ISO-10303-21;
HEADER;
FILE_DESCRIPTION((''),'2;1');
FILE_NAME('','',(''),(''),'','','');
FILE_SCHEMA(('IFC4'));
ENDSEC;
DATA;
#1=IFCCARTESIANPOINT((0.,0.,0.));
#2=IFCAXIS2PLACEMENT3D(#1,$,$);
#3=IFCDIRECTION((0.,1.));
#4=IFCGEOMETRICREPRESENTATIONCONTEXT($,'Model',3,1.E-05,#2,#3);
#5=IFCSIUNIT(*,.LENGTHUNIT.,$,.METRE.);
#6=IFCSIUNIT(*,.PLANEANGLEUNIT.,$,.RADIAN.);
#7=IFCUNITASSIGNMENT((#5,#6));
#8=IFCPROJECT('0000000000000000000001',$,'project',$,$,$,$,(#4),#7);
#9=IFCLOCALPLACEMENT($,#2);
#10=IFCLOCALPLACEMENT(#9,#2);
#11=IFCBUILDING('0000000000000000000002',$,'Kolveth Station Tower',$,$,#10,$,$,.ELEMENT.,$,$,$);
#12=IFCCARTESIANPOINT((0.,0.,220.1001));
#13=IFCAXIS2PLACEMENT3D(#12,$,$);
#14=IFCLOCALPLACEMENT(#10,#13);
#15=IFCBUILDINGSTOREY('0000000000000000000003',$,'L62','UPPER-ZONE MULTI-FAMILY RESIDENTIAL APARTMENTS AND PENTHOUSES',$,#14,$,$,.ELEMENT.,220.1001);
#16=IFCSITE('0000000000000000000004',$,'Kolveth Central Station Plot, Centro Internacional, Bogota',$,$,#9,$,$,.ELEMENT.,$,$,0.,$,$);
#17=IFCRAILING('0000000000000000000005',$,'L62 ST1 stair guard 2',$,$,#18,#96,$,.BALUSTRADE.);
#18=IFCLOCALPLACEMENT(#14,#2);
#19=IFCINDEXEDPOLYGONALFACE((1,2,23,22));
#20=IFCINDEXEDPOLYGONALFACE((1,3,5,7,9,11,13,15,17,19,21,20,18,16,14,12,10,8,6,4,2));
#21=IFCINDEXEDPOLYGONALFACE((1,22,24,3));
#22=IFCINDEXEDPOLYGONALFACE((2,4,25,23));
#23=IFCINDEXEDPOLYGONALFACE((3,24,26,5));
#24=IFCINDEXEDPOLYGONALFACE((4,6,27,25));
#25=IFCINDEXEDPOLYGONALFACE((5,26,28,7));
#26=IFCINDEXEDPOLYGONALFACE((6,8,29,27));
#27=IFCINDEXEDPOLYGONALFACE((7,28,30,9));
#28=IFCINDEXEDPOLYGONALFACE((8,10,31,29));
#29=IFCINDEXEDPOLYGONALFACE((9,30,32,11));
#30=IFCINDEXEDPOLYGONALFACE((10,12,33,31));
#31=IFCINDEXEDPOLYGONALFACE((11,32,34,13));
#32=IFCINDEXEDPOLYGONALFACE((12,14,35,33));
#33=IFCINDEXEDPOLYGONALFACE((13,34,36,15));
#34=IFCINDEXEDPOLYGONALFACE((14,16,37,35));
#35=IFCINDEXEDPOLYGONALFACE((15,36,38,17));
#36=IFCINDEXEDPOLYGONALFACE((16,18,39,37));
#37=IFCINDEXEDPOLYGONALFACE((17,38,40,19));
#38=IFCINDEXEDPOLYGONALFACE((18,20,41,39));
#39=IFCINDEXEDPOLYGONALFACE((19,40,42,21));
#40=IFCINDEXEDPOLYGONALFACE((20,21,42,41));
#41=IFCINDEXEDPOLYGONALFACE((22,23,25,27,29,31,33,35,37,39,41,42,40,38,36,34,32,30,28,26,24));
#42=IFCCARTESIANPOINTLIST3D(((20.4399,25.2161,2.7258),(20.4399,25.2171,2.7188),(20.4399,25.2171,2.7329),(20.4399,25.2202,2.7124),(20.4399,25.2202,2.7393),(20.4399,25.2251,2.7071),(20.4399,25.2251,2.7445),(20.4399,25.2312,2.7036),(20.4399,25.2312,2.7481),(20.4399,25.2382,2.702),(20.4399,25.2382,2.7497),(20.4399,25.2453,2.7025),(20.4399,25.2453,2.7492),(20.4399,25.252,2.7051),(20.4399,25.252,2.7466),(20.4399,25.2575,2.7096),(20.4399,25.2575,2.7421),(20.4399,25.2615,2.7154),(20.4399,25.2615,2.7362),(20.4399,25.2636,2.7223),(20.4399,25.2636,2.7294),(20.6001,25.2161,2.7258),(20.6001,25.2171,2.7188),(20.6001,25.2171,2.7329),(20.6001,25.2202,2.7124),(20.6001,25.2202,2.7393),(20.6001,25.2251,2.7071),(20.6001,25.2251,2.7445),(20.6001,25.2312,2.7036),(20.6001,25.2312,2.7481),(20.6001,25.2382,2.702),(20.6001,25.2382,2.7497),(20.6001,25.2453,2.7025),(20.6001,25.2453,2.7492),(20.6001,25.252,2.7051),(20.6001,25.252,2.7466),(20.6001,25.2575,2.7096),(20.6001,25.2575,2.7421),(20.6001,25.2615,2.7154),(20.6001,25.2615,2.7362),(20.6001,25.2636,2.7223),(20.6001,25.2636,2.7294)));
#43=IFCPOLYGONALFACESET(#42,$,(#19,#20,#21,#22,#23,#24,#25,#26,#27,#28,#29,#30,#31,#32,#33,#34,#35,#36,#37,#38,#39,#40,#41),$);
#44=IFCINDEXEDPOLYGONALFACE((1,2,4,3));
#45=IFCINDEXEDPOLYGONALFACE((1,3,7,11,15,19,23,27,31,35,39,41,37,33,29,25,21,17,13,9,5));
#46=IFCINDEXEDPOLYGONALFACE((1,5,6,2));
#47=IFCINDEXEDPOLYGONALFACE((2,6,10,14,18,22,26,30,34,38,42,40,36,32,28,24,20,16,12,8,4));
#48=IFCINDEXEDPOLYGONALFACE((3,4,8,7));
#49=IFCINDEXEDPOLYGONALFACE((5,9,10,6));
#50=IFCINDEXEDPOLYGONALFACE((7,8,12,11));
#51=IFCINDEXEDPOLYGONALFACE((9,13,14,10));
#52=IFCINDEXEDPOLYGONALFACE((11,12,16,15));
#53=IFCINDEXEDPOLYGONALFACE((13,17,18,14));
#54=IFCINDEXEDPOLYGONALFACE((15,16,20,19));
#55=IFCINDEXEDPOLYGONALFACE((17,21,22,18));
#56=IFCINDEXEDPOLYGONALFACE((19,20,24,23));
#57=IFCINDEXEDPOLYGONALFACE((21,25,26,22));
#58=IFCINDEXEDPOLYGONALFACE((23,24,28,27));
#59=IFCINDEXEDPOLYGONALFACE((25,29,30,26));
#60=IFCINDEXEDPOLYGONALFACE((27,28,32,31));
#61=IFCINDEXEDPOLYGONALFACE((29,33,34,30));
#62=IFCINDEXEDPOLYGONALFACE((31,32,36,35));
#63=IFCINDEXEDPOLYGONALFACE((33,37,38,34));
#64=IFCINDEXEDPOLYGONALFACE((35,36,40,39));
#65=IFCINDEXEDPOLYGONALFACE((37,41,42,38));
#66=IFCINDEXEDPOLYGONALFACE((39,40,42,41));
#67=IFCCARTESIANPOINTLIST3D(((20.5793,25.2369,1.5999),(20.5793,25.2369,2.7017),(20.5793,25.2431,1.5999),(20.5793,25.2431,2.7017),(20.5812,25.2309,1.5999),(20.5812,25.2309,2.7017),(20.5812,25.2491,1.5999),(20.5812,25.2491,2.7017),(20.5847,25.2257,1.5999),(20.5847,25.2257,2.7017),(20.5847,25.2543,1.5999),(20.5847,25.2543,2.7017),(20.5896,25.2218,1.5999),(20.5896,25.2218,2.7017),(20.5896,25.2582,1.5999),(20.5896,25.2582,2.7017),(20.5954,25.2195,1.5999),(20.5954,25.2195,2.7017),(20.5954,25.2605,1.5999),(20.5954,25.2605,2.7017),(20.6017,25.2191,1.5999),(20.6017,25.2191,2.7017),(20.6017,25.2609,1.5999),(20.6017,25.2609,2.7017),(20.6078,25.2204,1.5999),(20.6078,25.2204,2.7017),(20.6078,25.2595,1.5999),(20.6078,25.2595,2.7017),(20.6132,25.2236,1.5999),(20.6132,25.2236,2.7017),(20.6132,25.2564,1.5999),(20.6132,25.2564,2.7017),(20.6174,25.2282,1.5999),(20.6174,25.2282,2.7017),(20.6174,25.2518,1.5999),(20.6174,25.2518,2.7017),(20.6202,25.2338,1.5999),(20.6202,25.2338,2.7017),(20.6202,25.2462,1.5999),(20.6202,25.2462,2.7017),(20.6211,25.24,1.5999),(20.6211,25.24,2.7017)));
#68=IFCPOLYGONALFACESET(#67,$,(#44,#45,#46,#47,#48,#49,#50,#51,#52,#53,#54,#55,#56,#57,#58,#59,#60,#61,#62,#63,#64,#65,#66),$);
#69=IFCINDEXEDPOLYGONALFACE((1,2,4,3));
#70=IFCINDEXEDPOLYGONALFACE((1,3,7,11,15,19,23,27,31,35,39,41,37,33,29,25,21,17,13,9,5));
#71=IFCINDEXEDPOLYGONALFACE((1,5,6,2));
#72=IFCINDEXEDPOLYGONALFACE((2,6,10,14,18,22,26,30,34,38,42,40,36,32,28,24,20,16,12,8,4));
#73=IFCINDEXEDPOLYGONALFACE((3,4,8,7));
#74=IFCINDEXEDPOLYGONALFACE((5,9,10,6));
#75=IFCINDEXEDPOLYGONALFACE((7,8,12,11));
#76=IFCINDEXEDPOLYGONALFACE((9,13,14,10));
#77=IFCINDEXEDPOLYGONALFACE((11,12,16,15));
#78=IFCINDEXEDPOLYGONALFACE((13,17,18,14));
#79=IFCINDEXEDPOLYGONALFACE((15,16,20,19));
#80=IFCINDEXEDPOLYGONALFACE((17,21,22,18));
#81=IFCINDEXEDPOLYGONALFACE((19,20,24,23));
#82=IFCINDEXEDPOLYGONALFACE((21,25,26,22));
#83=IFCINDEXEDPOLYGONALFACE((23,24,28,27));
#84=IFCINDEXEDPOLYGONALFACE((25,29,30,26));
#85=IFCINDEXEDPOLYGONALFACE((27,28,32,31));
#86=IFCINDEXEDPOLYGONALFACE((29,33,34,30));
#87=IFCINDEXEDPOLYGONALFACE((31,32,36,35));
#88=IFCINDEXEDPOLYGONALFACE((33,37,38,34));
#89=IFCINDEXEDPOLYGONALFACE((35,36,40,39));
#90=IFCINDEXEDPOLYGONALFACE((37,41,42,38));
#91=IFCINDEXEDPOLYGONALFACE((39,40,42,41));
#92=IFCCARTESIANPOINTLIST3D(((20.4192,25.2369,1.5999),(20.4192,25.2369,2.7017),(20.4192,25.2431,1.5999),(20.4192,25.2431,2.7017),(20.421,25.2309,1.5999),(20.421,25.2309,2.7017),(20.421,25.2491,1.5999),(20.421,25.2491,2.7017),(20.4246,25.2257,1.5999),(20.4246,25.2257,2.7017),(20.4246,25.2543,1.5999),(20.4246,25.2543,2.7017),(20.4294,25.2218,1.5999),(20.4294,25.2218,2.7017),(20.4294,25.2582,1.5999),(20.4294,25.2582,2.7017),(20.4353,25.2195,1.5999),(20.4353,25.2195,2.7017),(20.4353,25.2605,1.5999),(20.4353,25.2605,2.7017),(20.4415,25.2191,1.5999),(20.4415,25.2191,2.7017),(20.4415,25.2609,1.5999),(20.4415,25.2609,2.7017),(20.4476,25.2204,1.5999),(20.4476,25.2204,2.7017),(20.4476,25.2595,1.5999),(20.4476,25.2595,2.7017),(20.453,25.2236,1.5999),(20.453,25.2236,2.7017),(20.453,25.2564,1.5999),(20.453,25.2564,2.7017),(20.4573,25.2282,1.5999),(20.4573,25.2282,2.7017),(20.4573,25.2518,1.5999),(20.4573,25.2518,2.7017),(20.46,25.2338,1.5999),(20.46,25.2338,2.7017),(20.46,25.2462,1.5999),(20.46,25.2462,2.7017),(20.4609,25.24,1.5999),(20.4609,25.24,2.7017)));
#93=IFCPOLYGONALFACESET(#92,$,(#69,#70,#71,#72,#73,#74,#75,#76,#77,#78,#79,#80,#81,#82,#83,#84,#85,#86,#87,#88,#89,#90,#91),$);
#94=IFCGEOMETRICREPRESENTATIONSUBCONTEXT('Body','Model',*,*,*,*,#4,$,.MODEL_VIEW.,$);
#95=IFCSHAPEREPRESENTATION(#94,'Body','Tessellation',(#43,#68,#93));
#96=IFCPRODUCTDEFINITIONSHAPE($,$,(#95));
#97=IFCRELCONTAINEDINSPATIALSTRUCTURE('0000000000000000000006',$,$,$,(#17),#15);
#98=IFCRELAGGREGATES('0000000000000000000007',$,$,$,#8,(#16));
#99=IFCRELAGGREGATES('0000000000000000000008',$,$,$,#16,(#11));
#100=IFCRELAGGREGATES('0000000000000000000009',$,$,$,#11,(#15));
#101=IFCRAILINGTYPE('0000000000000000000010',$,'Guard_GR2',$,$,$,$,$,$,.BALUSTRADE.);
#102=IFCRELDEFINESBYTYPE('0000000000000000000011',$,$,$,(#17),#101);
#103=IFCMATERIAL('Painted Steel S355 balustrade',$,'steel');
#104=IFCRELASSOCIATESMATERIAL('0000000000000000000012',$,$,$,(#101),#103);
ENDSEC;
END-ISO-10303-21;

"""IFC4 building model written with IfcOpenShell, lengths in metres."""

from ifc_helpers import new_model, si_unit, direction, frame, origin, origin_2d, place, context, subcontext, project, spatial, circle, extrude, material, type_object, element, save


model = new_model("IFC4")

# Units and contexts
model_context = context("Model", 3, precision=1e-05, world=origin(), true_north=direction((0.0, 1.0)))
body_context = subcontext(model_context, "Body", "Model", "MODEL_VIEW")
ifc_project = project(units=[si_unit("LENGTHUNIT", "METRE"), si_unit("PLANEANGLEUNIT", "RADIAN")], contexts=[model_context])

# Site, building, storey
site_placement = place(None, origin())
site = spatial("IfcSite", under=ifc_project, at=site_placement, Name="Kolveth Central Station Plot, Centro Internacional, Bogota", CompositionType="ELEMENT", RefElevation=0.0)
building_placement = place(site_placement, origin())
building = spatial("IfcBuilding", under=site, at=building_placement, Name="Kolveth Station Tower", CompositionType="ELEMENT")
storey_placement = place(building_placement, frame((0.0, 0.0, 220.1001)))
storey = spatial("IfcBuildingStorey", under=building, at=storey_placement, Name="L62", Description="UPPER-ZONE MULTI-FAMILY RESIDENTIAL APARTMENTS AND PENTHOUSES", CompositionType="ELEMENT", Elevation=220.1001)

# Railing
ifc_material_1 = material(Name="Painted Steel S355 balustrade", Category="steel")
railing_type_1 = type_object("IfcRailingType", Name="Guard_GR2", PredefinedType="BALUSTRADE", material=ifc_material_1)
railing_1_placement = place(storey_placement, frame((20.6001, 25.24, 1.5999)))
element("IfcRailing", 1, at=railing_1_placement, inside=storey, type_object=railing_type_1, Name="L62 ST1 stair guard 2", PredefinedType="BALUSTRADE", context=body_context, shape_type="SweptSolid", body=[
    extrude(circle(Radius=0.0239, at=origin_2d()), frame((0.0, 0.0, 1.126), z_axis=(-1.0, 0.0, 0.0), x_axis=(0.0, -1.0, 0.0)), (0.0, 0.0, 1.0), 0.1602),
    extrude(circle(Radius=0.021, at=origin_2d()), origin(), (0.0, 0.0, 1.0), 1.1018),
    extrude(circle(Radius=0.021, at=origin_2d()), frame((-0.1602, 0.0, 0.0)), (0.0, 0.0, 1.0), 1.1018),
])

save(model, "model.ifc")
